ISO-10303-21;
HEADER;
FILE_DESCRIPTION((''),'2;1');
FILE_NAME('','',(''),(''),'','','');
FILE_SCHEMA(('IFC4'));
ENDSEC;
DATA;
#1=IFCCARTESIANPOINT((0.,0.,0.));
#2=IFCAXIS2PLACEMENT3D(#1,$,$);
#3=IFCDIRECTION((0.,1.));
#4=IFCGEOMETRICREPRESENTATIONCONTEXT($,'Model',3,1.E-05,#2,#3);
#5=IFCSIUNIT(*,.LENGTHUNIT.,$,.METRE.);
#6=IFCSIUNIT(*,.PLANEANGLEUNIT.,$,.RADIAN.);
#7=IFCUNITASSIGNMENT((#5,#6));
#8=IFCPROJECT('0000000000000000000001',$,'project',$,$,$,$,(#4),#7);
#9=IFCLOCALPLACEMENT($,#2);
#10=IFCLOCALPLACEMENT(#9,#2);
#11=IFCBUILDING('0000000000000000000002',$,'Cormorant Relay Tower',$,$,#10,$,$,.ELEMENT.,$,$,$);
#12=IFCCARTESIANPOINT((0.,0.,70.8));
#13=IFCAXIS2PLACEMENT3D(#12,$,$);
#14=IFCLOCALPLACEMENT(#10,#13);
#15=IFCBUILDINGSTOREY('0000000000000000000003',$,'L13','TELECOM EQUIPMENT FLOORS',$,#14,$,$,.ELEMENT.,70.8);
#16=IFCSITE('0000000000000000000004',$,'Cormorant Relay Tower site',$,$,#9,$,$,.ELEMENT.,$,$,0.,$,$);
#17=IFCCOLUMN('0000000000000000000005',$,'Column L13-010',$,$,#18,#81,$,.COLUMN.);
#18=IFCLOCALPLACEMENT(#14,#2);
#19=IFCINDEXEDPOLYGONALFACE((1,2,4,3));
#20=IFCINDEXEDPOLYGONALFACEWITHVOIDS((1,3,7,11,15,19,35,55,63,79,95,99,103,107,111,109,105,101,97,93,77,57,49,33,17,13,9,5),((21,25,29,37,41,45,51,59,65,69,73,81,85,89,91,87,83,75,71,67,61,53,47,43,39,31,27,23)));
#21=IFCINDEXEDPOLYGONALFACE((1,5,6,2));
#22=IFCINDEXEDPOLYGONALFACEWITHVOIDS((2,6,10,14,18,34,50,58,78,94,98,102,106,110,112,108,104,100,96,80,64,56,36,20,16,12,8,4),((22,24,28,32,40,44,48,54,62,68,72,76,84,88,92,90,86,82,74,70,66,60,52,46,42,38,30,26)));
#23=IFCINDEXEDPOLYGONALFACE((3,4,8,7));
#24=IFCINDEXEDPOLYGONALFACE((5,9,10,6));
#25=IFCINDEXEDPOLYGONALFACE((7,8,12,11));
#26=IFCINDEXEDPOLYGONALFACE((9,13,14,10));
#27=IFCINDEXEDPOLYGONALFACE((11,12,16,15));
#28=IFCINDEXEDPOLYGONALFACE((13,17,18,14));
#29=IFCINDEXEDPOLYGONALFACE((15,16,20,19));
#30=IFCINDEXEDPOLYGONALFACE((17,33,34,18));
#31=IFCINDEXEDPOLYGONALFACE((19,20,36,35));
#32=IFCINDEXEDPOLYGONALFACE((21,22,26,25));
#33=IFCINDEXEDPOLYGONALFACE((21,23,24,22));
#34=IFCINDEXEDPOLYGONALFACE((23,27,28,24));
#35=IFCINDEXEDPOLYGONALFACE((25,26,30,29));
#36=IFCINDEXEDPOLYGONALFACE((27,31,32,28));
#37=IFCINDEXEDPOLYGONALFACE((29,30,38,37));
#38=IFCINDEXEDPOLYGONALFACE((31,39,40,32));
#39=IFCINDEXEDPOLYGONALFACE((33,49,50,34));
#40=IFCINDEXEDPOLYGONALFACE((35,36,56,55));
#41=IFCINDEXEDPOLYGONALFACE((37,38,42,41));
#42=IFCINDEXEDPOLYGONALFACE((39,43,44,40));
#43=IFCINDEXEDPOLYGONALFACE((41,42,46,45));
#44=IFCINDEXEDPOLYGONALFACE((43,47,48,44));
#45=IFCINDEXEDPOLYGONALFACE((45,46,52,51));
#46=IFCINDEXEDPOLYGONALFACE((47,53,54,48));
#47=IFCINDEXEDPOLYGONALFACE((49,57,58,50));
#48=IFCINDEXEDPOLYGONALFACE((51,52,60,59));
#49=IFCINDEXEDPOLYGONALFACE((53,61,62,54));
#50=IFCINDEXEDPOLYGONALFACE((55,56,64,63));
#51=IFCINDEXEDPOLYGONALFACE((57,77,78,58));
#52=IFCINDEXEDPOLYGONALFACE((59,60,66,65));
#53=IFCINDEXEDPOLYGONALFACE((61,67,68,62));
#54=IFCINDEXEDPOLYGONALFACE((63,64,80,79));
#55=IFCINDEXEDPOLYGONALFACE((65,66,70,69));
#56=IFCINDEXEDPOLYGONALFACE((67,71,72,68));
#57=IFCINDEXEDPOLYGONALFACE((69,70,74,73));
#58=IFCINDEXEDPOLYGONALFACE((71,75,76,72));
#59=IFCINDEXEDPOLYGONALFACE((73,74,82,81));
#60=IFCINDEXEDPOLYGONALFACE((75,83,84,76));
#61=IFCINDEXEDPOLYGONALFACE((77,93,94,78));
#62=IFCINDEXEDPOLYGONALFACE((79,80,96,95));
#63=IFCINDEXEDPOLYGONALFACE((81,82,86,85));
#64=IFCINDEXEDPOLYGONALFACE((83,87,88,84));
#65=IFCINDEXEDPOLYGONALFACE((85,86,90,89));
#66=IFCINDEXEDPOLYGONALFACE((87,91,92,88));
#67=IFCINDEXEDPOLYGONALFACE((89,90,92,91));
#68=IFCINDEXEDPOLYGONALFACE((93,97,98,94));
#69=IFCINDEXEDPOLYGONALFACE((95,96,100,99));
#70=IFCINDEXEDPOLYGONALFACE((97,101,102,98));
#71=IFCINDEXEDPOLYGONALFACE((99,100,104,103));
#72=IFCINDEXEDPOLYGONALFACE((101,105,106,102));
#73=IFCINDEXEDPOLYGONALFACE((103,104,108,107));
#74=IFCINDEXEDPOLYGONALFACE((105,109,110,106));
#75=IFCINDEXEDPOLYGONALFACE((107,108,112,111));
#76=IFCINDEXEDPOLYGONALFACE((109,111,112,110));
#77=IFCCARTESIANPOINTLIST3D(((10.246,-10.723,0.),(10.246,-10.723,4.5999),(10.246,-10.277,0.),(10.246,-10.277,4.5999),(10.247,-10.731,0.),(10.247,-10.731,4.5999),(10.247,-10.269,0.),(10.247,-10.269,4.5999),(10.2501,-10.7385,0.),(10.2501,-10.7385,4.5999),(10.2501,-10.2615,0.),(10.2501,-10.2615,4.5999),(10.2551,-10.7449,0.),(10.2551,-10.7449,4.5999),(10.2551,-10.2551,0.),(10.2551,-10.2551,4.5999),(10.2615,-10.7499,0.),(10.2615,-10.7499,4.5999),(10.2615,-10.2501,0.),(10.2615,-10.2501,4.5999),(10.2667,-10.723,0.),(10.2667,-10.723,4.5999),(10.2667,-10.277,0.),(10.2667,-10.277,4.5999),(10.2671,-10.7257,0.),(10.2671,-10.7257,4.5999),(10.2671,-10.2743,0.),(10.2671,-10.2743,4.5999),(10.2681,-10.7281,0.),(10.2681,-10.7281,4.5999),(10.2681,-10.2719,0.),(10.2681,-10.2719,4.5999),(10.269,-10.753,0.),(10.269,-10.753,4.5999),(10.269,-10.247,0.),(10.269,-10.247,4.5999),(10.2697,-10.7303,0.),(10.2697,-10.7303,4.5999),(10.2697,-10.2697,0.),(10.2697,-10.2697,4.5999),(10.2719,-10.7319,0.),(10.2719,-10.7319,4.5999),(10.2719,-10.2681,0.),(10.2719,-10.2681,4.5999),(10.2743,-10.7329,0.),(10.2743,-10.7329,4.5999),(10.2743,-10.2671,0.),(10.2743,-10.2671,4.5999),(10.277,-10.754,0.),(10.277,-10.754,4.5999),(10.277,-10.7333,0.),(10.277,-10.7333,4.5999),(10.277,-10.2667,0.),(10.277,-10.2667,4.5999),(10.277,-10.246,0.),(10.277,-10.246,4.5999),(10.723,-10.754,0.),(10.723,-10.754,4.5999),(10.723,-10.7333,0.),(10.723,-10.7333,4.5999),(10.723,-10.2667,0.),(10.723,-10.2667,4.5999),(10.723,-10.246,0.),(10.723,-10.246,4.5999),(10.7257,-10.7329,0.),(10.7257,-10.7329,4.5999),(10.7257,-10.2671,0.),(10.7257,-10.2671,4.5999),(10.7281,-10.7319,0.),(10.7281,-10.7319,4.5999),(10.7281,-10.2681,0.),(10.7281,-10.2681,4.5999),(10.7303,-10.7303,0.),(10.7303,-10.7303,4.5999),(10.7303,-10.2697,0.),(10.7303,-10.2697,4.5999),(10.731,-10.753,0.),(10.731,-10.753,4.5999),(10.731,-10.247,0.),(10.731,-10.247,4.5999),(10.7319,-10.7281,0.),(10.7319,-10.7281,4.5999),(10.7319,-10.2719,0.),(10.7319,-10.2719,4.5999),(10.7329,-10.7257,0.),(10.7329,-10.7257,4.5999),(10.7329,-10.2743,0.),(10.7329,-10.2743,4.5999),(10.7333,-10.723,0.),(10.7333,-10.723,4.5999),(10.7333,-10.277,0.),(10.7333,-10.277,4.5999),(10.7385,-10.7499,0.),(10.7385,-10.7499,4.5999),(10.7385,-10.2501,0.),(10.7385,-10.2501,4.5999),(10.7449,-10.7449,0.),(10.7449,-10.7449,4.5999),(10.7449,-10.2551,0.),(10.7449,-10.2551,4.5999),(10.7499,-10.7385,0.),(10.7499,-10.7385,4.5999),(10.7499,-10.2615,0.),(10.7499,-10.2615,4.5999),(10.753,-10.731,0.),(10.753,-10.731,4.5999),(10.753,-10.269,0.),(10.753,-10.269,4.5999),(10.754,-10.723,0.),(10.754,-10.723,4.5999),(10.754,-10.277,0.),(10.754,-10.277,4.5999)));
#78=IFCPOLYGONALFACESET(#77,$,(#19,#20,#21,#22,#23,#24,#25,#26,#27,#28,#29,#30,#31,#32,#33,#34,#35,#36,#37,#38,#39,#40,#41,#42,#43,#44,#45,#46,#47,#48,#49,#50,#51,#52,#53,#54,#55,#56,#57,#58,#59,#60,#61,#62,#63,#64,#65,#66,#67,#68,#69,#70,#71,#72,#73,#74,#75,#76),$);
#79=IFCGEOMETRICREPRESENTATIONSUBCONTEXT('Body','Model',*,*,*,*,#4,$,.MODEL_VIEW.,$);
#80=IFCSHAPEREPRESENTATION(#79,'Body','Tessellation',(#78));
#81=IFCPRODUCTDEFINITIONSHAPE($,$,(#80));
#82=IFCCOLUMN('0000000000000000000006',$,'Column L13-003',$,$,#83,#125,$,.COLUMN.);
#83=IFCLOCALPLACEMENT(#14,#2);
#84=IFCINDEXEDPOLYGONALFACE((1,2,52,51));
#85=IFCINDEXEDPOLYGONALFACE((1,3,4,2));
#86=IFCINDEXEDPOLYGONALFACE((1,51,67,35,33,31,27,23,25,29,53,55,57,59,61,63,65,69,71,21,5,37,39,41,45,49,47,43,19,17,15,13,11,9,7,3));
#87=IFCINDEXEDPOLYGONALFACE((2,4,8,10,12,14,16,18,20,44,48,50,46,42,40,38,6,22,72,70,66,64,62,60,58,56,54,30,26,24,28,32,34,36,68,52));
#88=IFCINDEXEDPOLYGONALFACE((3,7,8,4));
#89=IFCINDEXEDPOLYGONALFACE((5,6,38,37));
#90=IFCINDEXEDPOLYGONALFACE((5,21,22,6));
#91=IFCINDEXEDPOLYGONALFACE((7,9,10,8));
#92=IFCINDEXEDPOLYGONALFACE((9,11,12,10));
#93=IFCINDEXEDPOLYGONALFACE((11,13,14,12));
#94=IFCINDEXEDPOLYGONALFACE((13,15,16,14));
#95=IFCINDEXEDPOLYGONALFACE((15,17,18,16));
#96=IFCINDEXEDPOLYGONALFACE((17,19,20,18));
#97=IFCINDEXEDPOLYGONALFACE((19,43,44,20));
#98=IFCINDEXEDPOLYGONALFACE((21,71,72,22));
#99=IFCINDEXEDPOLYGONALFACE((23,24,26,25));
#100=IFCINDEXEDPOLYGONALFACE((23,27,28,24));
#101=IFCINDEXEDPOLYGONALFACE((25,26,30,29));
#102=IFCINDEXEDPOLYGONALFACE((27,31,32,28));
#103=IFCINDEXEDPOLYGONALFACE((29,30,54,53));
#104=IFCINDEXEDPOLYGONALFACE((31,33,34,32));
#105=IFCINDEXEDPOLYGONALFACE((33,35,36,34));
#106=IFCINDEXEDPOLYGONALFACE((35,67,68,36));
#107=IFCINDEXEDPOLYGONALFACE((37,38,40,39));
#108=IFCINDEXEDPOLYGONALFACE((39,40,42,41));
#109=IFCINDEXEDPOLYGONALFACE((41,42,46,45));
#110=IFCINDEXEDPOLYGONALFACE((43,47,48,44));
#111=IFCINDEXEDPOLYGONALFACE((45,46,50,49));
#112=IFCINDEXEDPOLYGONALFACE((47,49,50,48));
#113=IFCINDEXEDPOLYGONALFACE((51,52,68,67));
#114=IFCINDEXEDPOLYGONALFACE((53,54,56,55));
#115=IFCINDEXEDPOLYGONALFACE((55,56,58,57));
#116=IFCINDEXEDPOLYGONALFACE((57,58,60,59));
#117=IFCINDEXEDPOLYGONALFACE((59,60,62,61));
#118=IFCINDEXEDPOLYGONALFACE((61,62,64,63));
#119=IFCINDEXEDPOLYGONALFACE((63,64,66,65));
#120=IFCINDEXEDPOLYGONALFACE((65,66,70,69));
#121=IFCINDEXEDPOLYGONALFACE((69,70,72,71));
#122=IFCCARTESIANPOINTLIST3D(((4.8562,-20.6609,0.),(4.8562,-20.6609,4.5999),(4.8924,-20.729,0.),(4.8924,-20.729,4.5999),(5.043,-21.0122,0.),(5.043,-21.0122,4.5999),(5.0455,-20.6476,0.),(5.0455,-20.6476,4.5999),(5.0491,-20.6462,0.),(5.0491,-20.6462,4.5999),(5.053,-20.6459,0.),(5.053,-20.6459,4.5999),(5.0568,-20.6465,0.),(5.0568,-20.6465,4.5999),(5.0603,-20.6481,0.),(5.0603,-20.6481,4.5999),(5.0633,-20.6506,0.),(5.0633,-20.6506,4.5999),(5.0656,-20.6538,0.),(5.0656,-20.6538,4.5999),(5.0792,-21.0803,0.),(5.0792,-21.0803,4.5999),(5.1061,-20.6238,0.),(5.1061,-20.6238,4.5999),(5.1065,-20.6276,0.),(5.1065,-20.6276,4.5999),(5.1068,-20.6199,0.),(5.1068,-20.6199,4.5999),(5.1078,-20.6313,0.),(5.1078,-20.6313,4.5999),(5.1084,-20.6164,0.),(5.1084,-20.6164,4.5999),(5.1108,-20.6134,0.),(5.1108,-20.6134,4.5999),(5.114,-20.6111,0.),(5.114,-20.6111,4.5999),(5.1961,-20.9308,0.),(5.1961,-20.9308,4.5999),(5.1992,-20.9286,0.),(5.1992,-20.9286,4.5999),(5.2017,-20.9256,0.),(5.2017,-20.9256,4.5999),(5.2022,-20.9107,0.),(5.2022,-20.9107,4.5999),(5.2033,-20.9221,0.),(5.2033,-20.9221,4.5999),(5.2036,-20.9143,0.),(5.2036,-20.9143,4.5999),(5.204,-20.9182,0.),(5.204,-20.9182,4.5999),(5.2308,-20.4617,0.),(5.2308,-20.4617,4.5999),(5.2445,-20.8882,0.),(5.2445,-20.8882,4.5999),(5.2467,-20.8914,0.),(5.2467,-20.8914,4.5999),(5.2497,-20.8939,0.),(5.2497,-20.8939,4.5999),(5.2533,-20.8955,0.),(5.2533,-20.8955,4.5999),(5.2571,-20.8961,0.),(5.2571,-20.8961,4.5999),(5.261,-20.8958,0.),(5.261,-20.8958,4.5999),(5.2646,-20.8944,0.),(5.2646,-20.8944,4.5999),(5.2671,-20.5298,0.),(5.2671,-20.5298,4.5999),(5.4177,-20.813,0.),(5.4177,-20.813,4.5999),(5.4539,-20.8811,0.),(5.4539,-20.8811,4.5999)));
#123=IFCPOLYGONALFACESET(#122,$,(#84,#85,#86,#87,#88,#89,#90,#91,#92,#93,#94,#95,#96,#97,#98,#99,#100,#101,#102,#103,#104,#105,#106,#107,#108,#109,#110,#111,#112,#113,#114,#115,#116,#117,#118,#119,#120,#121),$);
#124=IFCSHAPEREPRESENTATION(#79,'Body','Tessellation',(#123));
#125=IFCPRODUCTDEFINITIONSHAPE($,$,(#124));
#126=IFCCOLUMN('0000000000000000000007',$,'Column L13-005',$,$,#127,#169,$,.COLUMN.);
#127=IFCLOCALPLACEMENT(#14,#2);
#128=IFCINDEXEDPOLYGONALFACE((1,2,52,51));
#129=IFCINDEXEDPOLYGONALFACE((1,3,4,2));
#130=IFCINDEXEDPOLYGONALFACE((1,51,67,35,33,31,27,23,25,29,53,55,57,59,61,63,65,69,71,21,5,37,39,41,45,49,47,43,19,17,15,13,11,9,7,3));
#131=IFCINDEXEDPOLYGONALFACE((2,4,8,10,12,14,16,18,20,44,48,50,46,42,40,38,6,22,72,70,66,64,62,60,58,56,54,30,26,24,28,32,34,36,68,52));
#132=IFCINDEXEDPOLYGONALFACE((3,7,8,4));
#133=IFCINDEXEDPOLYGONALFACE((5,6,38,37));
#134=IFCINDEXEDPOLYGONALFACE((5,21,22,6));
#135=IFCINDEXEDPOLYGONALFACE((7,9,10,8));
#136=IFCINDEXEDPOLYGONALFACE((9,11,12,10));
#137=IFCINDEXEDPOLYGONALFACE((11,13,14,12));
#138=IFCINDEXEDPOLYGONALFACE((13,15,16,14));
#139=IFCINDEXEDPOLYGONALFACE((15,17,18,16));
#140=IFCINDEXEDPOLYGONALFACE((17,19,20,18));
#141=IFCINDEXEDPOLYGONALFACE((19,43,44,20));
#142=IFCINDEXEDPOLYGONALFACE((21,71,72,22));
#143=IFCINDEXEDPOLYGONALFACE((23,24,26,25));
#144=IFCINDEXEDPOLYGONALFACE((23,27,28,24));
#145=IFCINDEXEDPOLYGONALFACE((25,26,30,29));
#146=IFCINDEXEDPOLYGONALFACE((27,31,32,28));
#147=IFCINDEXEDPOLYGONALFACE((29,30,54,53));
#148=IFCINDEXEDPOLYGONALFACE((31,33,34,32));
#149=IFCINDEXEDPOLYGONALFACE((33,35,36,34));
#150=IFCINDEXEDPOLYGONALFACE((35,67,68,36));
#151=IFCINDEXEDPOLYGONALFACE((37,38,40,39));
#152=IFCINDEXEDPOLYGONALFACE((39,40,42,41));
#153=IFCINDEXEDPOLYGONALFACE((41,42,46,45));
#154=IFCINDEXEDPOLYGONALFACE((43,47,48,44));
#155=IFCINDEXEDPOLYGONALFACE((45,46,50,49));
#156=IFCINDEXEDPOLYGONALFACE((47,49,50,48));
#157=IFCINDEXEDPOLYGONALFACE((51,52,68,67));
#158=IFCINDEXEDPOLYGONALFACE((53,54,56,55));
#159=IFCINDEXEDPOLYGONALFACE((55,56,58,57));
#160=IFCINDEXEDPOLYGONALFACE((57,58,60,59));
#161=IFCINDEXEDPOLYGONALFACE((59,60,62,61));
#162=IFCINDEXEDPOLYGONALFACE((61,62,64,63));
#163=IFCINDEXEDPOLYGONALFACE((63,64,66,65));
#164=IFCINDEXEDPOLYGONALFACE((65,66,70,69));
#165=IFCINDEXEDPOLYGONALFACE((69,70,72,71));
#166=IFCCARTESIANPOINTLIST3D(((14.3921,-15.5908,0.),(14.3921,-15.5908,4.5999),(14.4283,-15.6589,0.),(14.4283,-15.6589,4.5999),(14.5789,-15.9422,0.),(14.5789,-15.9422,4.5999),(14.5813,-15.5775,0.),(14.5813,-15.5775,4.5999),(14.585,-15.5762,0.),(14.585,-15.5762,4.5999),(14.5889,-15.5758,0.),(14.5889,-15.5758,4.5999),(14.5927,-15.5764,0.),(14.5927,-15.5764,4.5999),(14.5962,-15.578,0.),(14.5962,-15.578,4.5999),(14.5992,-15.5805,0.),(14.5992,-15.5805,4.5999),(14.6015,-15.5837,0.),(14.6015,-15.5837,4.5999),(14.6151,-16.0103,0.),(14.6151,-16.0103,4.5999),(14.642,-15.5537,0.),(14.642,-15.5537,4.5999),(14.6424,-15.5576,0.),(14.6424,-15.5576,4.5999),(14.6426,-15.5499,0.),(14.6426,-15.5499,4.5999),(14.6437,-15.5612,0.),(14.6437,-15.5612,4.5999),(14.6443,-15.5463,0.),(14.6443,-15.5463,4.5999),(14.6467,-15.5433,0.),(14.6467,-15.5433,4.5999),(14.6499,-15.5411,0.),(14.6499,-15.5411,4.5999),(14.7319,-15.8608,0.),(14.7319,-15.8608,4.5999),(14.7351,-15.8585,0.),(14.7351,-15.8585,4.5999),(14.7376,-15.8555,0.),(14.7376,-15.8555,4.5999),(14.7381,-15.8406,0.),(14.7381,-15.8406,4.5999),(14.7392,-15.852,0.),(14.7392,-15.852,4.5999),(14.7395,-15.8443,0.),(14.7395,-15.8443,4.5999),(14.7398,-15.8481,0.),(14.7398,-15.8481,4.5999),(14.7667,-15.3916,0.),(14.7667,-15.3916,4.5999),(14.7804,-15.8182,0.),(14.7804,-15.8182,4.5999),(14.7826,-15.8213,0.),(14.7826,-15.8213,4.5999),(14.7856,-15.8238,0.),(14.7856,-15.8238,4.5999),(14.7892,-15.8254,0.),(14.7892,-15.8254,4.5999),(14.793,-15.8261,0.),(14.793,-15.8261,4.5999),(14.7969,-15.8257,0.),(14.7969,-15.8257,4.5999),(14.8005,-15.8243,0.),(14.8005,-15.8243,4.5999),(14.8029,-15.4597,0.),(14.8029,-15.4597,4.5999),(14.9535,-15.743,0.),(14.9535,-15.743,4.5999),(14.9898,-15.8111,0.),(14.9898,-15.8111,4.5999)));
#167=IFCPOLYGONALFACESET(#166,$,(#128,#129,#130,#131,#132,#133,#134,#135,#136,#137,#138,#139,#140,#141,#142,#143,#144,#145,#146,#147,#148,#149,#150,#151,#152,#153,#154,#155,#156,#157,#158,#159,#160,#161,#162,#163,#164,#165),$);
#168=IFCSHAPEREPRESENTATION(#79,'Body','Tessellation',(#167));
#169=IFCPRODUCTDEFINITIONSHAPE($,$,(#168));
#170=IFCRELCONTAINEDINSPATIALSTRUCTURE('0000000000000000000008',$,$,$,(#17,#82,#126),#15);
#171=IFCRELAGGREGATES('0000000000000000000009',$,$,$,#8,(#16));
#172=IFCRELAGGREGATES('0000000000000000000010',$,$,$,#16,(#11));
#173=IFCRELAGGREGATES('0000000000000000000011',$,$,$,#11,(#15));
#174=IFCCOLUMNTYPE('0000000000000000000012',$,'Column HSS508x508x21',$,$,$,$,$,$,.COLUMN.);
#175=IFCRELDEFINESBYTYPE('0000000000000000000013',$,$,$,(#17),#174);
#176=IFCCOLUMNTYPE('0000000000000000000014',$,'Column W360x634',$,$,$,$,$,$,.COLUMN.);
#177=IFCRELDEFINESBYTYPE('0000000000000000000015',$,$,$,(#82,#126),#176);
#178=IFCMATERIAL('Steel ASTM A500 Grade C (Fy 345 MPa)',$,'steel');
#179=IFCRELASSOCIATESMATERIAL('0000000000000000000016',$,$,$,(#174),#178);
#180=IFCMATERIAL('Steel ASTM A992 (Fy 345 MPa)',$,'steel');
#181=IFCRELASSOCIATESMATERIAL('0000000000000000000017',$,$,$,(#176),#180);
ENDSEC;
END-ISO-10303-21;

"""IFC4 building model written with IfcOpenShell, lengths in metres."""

from ifc_helpers import new_model, si_unit, direction, frame, origin, origin_2d, place, context, subcontext, project, spatial, hollow_rectangle, i_section, extrude, material, material_profile, profile_set, type_object, element, save


model = new_model("IFC4")

# Units and contexts
model_context = context("Model", 3, precision=1e-05, world=origin(), true_north=direction((0.0, 1.0)))
body_context = subcontext(model_context, "Body", "Model", "MODEL_VIEW")
ifc_project = project(units=[si_unit("LENGTHUNIT", "METRE"), si_unit("PLANEANGLEUNIT", "RADIAN")], contexts=[model_context])

# Site, building, storey
site_placement = place(None, origin())
site = spatial("IfcSite", under=ifc_project, at=site_placement, Name="Cormorant Relay Tower site", CompositionType="ELEMENT", RefElevation=0.0)
building_placement = place(site_placement, origin())
building = spatial("IfcBuilding", under=site, at=building_placement, Name="Cormorant Relay Tower", CompositionType="ELEMENT")
storey_placement = place(building_placement, frame((0.0, 0.0, 70.8)))
storey = spatial("IfcBuildingStorey", under=building, at=storey_placement, Name="L13", Description="TELECOM EQUIPMENT FLOORS", CompositionType="ELEMENT", Elevation=70.8)

# Columns
ifc_material_1 = material(Name="Steel ASTM A500 Grade C (Fy 345 MPa)", Category="steel")
ifc_material_profile_1 = material_profile(ifc_material_1, hollow_rectangle(XDim=0.5081, YDim=0.5081, WallThickness=0.0208, InnerFilletRadius=0.0103, OuterFilletRadius=0.031, at=origin_2d()), Name="HSS508x508x21")
ifc_profile_set_1 = profile_set([ifc_material_profile_1], Name="Steel ASTM A500 Grade C (Fy 345 MPa)")
column_type_1 = type_object("IfcColumnType", Name="Column HSS508x508x21", PredefinedType="COLUMN", material=ifc_profile_set_1)
column_1_placement = place(storey_placement, frame((10.5, -10.5, 0.0), z_axis=(0.0, 0.0, 1.0), x_axis=(1.0, 0.0, 0.0)))
element("IfcColumn", 1, at=column_1_placement, inside=storey, type_object=column_type_1, Name="Column L13-010", PredefinedType="COLUMN", context=body_context, shape_type="SweptSolid", body=[
    extrude(hollow_rectangle(XDim=0.5081, YDim=0.5081, WallThickness=0.0208, InnerFilletRadius=0.0103, OuterFilletRadius=0.031, at=origin_2d()), origin(), (0.0, 0.0, 1.0), 4.5999),
])
ifc_material_2 = material(Name="Steel ASTM A992 (Fy 345 MPa)", Category="steel")
ifc_material_profile_2 = material_profile(ifc_material_2, i_section(OverallWidth=0.4243, OverallDepth=0.4751, WebThickness=0.0479, FlangeThickness=0.0771, FilletRadius=0.0149, at=origin_2d()), Name="W360x634")
ifc_profile_set_2 = profile_set([ifc_material_profile_2], Name="Steel ASTM A992 (Fy 345 MPa)")
column_type_2 = type_object("IfcColumnType", Name="Column W360x634", PredefinedType="COLUMN", material=ifc_profile_set_2)
for number, where, z_axis, x_axis, name in (
    (2, (5.155, -20.771, 0.0), (0.0, 0.0, 1.0), (0.882948, 0.469472, 0.0), "Column L13-003"),
    (3, (14.6909, -15.7009, 0.0), (0.0, 0.0, 1.0), (0.882948, 0.469472, 0.0), "Column L13-005"),
):
    element("IfcColumn", number, at=place(storey_placement, frame(where, z_axis=z_axis, x_axis=x_axis)), inside=storey, type_object=column_type_2, Name=name, PredefinedType="COLUMN", context=body_context, shape_type="SweptSolid", body=[
        extrude(i_section(OverallWidth=0.4243, OverallDepth=0.4751, WebThickness=0.0479, FlangeThickness=0.0771, FilletRadius=0.0149, at=origin_2d()), origin(), (0.0, 0.0, 1.0), 4.5999),
    ])

save(model, "model.ifc")
